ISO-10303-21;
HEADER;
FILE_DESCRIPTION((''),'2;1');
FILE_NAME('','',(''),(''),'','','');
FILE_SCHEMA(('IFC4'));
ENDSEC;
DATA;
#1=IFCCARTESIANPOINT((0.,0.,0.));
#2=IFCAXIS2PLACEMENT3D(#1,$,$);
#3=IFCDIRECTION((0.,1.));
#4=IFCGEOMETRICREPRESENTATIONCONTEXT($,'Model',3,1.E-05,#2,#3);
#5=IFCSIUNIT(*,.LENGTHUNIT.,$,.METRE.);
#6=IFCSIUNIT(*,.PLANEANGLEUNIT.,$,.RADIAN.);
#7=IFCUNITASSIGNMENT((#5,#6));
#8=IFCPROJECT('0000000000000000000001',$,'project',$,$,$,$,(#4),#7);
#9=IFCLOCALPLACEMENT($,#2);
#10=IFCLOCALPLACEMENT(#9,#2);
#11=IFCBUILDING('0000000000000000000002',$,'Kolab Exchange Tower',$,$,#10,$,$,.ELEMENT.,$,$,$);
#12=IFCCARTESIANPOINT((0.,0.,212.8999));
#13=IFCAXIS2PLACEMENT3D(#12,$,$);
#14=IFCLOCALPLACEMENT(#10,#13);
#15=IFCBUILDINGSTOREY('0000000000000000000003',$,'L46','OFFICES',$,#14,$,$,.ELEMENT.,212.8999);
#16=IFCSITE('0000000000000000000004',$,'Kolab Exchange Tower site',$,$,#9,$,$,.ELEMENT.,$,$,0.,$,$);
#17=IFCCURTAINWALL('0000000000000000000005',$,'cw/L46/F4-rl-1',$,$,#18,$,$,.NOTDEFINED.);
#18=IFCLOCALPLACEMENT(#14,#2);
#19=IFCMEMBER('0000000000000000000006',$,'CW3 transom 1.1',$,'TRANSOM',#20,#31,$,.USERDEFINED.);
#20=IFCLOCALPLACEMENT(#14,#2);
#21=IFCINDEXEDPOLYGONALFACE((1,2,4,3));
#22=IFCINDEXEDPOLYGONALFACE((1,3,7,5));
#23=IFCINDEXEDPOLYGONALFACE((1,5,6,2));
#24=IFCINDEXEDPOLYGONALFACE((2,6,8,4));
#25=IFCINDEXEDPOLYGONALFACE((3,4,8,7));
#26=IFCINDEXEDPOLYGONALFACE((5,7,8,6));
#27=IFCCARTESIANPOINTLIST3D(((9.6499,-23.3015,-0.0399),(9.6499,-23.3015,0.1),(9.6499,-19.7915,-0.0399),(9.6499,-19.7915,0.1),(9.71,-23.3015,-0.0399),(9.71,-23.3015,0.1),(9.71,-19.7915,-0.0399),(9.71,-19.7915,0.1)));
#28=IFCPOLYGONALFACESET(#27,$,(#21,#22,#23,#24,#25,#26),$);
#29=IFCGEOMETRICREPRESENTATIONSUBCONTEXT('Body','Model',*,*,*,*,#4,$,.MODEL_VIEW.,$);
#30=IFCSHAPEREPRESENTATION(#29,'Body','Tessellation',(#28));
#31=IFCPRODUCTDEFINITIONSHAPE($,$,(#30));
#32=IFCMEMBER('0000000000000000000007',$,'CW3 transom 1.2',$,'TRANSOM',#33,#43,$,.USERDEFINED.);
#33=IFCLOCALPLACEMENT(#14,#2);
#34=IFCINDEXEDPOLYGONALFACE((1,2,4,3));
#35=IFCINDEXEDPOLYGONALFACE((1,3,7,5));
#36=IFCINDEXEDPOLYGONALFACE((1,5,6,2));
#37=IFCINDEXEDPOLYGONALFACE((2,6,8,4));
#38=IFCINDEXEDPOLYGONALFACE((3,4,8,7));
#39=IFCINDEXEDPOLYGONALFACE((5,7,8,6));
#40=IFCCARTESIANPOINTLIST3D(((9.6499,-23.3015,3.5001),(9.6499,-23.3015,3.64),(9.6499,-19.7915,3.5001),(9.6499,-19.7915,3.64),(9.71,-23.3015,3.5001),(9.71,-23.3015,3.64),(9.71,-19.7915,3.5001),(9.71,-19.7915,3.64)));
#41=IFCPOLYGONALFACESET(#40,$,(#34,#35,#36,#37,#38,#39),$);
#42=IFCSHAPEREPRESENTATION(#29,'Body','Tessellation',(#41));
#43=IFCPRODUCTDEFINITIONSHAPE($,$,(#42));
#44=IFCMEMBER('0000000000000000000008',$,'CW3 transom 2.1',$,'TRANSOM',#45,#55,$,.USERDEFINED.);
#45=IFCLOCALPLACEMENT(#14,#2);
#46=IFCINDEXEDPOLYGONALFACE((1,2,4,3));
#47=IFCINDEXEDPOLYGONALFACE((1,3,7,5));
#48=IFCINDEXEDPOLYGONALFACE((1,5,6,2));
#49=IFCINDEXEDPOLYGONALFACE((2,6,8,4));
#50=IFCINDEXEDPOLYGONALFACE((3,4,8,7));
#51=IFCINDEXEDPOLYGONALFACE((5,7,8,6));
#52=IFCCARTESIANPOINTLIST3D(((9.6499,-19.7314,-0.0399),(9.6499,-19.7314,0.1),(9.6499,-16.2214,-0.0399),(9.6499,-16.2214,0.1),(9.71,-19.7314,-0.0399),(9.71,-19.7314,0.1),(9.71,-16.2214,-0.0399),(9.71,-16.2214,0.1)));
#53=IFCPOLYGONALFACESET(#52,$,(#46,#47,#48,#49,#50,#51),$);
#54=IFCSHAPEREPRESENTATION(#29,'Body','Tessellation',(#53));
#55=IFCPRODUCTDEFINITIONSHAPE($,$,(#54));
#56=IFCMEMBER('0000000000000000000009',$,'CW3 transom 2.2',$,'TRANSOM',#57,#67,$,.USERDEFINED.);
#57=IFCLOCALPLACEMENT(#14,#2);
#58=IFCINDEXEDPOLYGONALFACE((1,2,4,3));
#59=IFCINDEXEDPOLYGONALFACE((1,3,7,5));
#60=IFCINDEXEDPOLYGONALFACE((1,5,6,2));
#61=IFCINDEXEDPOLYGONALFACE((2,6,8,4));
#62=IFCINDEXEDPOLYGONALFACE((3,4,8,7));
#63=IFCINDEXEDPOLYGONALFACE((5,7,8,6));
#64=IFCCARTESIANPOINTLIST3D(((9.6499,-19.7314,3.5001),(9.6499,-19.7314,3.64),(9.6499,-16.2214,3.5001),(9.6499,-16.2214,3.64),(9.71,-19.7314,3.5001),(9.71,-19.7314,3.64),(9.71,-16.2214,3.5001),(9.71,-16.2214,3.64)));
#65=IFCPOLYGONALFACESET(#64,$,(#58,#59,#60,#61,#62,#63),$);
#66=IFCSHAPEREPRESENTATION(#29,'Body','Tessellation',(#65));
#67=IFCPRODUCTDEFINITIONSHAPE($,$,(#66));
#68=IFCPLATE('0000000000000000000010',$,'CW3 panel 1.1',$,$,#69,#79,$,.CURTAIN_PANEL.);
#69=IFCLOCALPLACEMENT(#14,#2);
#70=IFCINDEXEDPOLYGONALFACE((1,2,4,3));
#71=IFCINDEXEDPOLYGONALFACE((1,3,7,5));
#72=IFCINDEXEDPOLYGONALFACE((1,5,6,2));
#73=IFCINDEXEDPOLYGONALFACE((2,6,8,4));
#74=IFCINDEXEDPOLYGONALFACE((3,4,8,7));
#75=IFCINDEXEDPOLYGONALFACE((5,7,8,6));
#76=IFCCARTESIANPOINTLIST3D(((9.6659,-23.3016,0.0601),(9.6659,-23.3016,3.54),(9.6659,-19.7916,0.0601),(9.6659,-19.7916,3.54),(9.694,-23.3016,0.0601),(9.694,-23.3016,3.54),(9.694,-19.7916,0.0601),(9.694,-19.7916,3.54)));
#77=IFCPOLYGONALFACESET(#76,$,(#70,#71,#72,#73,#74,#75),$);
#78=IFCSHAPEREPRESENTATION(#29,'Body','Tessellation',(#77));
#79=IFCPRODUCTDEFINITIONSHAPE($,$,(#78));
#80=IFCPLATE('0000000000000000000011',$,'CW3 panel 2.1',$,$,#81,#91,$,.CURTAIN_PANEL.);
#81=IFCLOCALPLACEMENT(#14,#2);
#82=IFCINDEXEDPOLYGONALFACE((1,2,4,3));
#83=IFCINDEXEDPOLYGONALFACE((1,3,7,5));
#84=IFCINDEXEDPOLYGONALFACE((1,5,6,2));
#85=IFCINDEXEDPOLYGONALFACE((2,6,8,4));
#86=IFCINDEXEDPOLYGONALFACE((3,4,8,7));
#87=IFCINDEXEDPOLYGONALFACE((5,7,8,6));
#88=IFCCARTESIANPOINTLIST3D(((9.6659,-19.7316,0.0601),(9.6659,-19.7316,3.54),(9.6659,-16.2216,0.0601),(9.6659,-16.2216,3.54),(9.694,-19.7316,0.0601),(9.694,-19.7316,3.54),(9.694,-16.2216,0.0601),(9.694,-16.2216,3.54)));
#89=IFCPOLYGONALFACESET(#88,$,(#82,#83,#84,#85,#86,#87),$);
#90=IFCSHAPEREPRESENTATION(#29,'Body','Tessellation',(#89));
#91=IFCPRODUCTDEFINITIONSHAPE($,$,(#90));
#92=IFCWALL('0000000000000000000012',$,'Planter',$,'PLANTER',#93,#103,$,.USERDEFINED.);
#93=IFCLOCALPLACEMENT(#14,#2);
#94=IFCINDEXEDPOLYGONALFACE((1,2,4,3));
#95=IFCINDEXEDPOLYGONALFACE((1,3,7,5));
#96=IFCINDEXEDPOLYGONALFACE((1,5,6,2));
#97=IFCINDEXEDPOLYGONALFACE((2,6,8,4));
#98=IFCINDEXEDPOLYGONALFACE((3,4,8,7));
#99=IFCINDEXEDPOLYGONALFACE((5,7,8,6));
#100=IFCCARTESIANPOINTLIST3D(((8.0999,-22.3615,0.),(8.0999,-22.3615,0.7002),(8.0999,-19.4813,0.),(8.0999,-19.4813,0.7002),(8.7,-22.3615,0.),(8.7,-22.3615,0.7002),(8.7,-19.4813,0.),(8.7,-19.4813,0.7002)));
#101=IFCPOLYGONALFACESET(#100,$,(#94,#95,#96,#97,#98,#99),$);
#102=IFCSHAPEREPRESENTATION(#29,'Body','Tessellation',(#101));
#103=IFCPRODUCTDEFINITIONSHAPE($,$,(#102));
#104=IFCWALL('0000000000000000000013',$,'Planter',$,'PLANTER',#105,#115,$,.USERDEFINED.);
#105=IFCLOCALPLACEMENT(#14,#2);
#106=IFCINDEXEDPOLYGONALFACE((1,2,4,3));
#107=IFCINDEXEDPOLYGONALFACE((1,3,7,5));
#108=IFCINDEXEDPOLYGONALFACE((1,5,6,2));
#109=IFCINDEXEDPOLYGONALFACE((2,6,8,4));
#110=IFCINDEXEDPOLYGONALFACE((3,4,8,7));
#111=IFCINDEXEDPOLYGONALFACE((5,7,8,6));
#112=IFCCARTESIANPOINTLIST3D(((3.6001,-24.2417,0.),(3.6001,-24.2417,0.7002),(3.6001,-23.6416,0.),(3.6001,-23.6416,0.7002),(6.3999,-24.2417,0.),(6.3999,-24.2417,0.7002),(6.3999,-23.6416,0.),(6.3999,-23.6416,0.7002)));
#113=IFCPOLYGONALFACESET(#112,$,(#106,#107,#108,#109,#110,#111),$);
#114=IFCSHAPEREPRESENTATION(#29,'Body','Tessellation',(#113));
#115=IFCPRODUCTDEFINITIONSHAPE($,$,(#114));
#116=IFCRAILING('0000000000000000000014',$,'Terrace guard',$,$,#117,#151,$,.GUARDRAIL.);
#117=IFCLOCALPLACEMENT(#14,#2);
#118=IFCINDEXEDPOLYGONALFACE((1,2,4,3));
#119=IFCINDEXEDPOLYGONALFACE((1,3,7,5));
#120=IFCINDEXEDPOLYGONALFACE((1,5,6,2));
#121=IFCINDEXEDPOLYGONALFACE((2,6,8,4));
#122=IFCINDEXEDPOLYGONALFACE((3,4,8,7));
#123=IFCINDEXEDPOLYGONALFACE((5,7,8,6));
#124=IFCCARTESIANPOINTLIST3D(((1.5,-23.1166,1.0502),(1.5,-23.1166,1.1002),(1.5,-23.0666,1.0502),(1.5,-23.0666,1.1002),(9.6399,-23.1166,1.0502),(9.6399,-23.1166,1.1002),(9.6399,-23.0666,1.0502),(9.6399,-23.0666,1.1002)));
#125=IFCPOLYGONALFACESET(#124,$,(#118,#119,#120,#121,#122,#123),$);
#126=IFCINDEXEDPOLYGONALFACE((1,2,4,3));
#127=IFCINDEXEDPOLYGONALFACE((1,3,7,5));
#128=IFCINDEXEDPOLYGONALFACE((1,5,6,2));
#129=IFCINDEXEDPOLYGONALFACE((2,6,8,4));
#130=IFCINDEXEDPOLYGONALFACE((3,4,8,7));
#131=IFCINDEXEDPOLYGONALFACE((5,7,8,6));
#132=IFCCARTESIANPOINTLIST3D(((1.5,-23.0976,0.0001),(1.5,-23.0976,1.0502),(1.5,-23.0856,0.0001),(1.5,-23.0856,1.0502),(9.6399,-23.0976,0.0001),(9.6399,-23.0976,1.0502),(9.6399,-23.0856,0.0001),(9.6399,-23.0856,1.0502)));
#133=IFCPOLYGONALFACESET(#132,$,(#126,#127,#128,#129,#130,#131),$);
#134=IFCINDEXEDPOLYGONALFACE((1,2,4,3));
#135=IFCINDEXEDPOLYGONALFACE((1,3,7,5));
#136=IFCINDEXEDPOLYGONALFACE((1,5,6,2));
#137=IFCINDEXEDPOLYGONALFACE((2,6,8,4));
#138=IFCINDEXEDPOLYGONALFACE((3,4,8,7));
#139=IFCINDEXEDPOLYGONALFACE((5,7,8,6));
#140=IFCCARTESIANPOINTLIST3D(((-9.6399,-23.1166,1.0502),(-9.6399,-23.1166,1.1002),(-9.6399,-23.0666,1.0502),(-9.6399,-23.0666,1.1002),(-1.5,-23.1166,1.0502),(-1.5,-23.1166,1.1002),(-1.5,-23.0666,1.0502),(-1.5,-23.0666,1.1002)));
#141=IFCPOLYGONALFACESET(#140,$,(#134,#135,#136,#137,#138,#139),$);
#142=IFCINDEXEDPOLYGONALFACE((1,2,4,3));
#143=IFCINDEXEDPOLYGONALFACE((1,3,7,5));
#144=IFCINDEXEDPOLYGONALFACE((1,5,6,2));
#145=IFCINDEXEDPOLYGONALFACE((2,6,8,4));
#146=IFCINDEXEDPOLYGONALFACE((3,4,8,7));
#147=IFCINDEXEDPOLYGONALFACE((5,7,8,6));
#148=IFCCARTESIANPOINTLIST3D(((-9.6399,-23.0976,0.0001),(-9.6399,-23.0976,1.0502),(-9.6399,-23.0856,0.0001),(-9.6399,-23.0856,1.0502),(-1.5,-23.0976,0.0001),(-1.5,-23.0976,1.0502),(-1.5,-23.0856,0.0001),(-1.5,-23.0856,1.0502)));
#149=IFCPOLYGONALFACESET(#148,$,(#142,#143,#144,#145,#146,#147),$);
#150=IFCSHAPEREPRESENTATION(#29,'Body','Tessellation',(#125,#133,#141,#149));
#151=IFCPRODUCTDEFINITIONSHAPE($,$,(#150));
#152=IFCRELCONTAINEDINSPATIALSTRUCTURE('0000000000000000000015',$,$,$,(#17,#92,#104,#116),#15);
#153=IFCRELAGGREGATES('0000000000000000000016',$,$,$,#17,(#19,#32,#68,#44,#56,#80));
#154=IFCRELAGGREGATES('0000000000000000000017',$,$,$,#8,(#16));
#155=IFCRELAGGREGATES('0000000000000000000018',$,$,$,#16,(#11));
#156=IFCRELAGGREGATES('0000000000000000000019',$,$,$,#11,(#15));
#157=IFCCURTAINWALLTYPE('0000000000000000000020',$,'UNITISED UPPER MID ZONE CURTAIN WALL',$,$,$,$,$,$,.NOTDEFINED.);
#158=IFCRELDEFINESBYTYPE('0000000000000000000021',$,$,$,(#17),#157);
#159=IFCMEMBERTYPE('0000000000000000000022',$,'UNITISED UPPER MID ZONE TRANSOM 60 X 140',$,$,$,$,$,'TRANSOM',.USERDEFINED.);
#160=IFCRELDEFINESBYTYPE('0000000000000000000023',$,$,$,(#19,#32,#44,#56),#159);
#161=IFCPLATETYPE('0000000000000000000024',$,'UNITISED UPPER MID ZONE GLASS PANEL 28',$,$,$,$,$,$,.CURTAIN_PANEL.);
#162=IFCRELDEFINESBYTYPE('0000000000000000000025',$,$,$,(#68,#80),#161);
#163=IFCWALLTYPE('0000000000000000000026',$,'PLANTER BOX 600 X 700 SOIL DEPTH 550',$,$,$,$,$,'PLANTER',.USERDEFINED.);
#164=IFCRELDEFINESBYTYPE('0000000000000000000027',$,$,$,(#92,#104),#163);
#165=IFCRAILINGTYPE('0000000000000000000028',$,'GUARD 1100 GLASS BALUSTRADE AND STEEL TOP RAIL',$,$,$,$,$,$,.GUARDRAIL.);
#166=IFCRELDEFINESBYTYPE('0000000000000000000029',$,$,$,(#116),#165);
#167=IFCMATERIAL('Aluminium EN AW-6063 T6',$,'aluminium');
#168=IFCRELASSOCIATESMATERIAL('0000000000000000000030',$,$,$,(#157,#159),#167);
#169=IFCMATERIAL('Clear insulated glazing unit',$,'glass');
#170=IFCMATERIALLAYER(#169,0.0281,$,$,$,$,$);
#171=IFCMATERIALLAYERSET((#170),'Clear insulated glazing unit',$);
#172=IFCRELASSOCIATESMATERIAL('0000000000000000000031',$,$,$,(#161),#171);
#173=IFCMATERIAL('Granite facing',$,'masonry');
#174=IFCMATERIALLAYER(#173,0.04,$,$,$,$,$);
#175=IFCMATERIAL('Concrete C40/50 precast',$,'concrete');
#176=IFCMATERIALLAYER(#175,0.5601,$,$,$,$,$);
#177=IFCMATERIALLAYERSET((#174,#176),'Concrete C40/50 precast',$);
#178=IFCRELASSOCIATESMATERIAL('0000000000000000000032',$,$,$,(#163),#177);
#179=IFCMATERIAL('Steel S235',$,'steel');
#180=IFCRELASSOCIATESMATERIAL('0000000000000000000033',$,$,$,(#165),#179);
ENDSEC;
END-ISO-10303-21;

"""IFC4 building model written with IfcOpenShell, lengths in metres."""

from ifc_helpers import new_model, si_unit, direction, frame, frame_2d, origin, origin_2d, place, context, subcontext, project, spatial, rectangle, extrude, material, layer, layer_set, material_profile, profile_set, type_object, element, aggregate, save


model = new_model("IFC4")

# Units and contexts
model_context = context("Model", 3, precision=1e-05, world=origin(), true_north=direction((0.0, 1.0)))
body_context = subcontext(model_context, "Body", "Model", "MODEL_VIEW")
ifc_project = project(units=[si_unit("LENGTHUNIT", "METRE"), si_unit("PLANEANGLEUNIT", "RADIAN")], contexts=[model_context])

# Site, building, storey
site_placement = place(None, origin())
site = spatial("IfcSite", under=ifc_project, at=site_placement, Name="Kolab Exchange Tower site", CompositionType="ELEMENT", RefElevation=0.0)
building_placement = place(site_placement, origin())
building = spatial("IfcBuilding", under=site, at=building_placement, Name="Kolab Exchange Tower", CompositionType="ELEMENT")
storey_placement = place(building_placement, frame((0.0, 0.0, 212.8999)))
storey = spatial("IfcBuildingStorey", under=building, at=storey_placement, Name="L46", Description="OFFICES", CompositionType="ELEMENT", Elevation=212.8999)

# Shared definitions
ifc_material_1 = material(Name="Aluminium EN AW-6063 T6", Category="aluminium")
curtain_wall_type = type_object("IfcCurtainWallType", Name="UNITISED UPPER MID ZONE CURTAIN WALL", PredefinedType="NOTDEFINED", material=ifc_material_1)

# Curtain wall, members, plates
curtain_wall_1_placement = place(storey_placement, origin())
curtain_wall_1 = element("IfcCurtainWall", 1, at=curtain_wall_1_placement, inside=storey, type_object=curtain_wall_type, Name="cw/L46/F4-rl-1", PredefinedType="NOTDEFINED")
ifc_material_profile_1 = material_profile(ifc_material_1, rectangle(XDim=0.0601, YDim=0.1399, at=origin_2d()), Name="RECT 60X140")
ifc_profile_set_1 = profile_set([ifc_material_profile_1], Name="Aluminium EN AW-6063 T6")
member_type_1 = type_object("IfcMemberType", Name="UNITISED UPPER MID ZONE TRANSOM 60 X 140", ElementType="TRANSOM", PredefinedType="USERDEFINED", material=ifc_profile_set_1)
member_1_placement = place(storey_placement, frame((9.6799, -23.3015, 0.03), z_axis=(0.0, 1.0, 0.0), x_axis=(-1.0, 0.0, 0.0)))
member_1 = element("IfcMember", 2, at=member_1_placement, type_object=member_type_1, Name="CW3 transom 1.1", ObjectType="TRANSOM", PredefinedType="USERDEFINED", context=body_context, shape_type="SweptSolid", body=[
    extrude(rectangle(XDim=0.0601, YDim=0.1399, at=origin_2d()), origin(), (0.0, 0.0, 1.0), 3.51),
])
member_2_placement = place(storey_placement, frame((9.6799, -23.3015, 3.5701), z_axis=(0.0, 1.0, 0.0), x_axis=(-1.0, 0.0, 0.0)))
member_2 = element("IfcMember", 3, at=member_2_placement, type_object=member_type_1, Name="CW3 transom 1.2", ObjectType="TRANSOM", PredefinedType="USERDEFINED", context=body_context, shape_type="SweptSolid", body=[
    extrude(rectangle(XDim=0.0601, YDim=0.1399, at=origin_2d()), origin(), (0.0, 0.0, 1.0), 3.51),
])
member_3_placement = place(storey_placement, frame((9.6799, -19.7314, 0.03), z_axis=(0.0, 1.0, 0.0), x_axis=(-1.0, 0.0, 0.0)))
member_3 = element("IfcMember", 4, at=member_3_placement, type_object=member_type_1, Name="CW3 transom 2.1", ObjectType="TRANSOM", PredefinedType="USERDEFINED", context=body_context, shape_type="SweptSolid", body=[
    extrude(rectangle(XDim=0.0601, YDim=0.1399, at=origin_2d()), origin(), (0.0, 0.0, 1.0), 3.51),
])
member_4_placement = place(storey_placement, frame((9.6799, -19.7314, 3.5701), z_axis=(0.0, 1.0, 0.0), x_axis=(-1.0, 0.0, 0.0)))
member_4 = element("IfcMember", 5, at=member_4_placement, type_object=member_type_1, Name="CW3 transom 2.2", ObjectType="TRANSOM", PredefinedType="USERDEFINED", context=body_context, shape_type="SweptSolid", body=[
    extrude(rectangle(XDim=0.0601, YDim=0.1399, at=origin_2d()), origin(), (0.0, 0.0, 1.0), 3.51),
])
ifc_material_2 = material(Name="Clear insulated glazing unit", Category="glass")
ifc_layer_1 = layer(ifc_material_2, 0.0281)
ifc_layer_set_1 = layer_set([ifc_layer_1], Name="Clear insulated glazing unit")
plate_type = type_object("IfcPlateType", Name="UNITISED UPPER MID ZONE GLASS PANEL 28", PredefinedType="CURTAIN_PANEL", material=ifc_layer_set_1)
plate_1_placement = place(storey_placement, frame((9.6799, -21.5466, 0.0601), z_axis=(0.0, 0.0, 1.0), x_axis=(0.0, 1.0, 0.0)))
plate_1 = element("IfcPlate", 6, at=plate_1_placement, type_object=plate_type, Name="CW3 panel 1.1", PredefinedType="CURTAIN_PANEL", context=body_context, shape_type="SweptSolid", body=[
    extrude(rectangle(XDim=3.51, YDim=0.0281, at=origin_2d()), origin(), (0.0, 0.0, 1.0), 3.48),
])
plate_2_placement = place(storey_placement, frame((9.6799, -17.9766, 0.0601), z_axis=(0.0, 0.0, 1.0), x_axis=(0.0, 1.0, 0.0)))
plate_2 = element("IfcPlate", 7, at=plate_2_placement, type_object=plate_type, Name="CW3 panel 2.1", PredefinedType="CURTAIN_PANEL", context=body_context, shape_type="SweptSolid", body=[
    extrude(rectangle(XDim=3.51, YDim=0.0281, at=origin_2d()), origin(), (0.0, 0.0, 1.0), 3.48),
])
aggregate(curtain_wall_1, [member_1, member_2, plate_1, member_3, member_4, plate_2])

# Walls
ifc_material_3 = material(Name="Granite facing", Category="masonry")
ifc_layer_2 = layer(ifc_material_3, 0.04)
ifc_material_4 = material(Name="Concrete C40/50 precast", Category="concrete")
ifc_layer_3 = layer(ifc_material_4, 0.5601)
ifc_layer_set_2 = layer_set([ifc_layer_2, ifc_layer_3], Name="Concrete C40/50 precast")
wall_type = type_object("IfcWallType", Name="PLANTER BOX 600 X 700 SOIL DEPTH 550", ElementType="PLANTER", PredefinedType="USERDEFINED", material=ifc_layer_set_2)
wall_1_placement = place(storey_placement, frame((8.3999, -19.4814, 0.0), z_axis=(0.0, 0.0, 1.0), x_axis=(0.0, -1.0, 0.0)))
element("IfcWall", 8, at=wall_1_placement, inside=storey, type_object=wall_type, Name="Planter", ObjectType="PLANTER", PredefinedType="USERDEFINED", context=body_context, shape_type="SweptSolid", body=[
    extrude(rectangle(XDim=2.8801, YDim=0.6001, at=frame_2d((1.4399, 0.0))), origin(), (0.0, 0.0, 1.0), 0.7002),
])
wall_2_placement = place(storey_placement, frame((3.6001, -23.9417, 0.0), z_axis=(0.0, 0.0, 1.0), x_axis=(1.0, 0.0, 0.0)))
element("IfcWall", 9, at=wall_2_placement, inside=storey, type_object=wall_type, Name="Planter", ObjectType="PLANTER", PredefinedType="USERDEFINED", context=body_context, shape_type="SweptSolid", body=[
    extrude(rectangle(XDim=2.7998, YDim=0.6001, at=frame_2d((1.3999, 0.0))), origin(), (0.0, 0.0, 1.0), 0.7002),
])

# Railing
ifc_material_5 = material(Name="Steel S235", Category="steel")
railing_type = type_object("IfcRailingType", Name="GUARD 1100 GLASS BALUSTRADE AND STEEL TOP RAIL", PredefinedType="GUARDRAIL", material=ifc_material_5)
railing_placement = place(storey_placement, frame((9.6399, -23.0916, 0.0)))
element("IfcRailing", 10, at=railing_placement, inside=storey, type_object=railing_type, Name="Terrace guard", PredefinedType="GUARDRAIL", context=body_context, shape_type="SweptSolid", body=[
    extrude(rectangle(XDim=0.05, YDim=0.05, at=origin_2d()), frame((0.0, 0.0, 1.0752), z_axis=(-1.0, 0.0, 0.0), x_axis=(0.0, -1.0, 0.0)), (0.0, 0.0, 1.0), 8.1399),
    extrude(rectangle(XDim=0.012, YDim=1.0501, at=frame_2d((0.0, 0.5251))), frame((0.0, 0.0, 0.0), z_axis=(-1.0, 0.0, 0.0), x_axis=(0.0, -1.0, 0.0)), (0.0, 0.0, 1.0), 8.1399),
    extrude(rectangle(XDim=0.05, YDim=0.05, at=origin_2d()), frame((-19.2798, 0.0, 1.0752), z_axis=(1.0, 0.0, 0.0), x_axis=(0.0, 1.0, 0.0)), (0.0, 0.0, 1.0), 8.1399),
    extrude(rectangle(XDim=0.012, YDim=1.0501, at=frame_2d((0.0, 0.5251))), frame((-19.2798, 0.0, 0.0), z_axis=(1.0, 0.0, 0.0), x_axis=(0.0, 1.0, 0.0)), (0.0, 0.0, 1.0), 8.1399),
])

save(model, "model.ifc")
